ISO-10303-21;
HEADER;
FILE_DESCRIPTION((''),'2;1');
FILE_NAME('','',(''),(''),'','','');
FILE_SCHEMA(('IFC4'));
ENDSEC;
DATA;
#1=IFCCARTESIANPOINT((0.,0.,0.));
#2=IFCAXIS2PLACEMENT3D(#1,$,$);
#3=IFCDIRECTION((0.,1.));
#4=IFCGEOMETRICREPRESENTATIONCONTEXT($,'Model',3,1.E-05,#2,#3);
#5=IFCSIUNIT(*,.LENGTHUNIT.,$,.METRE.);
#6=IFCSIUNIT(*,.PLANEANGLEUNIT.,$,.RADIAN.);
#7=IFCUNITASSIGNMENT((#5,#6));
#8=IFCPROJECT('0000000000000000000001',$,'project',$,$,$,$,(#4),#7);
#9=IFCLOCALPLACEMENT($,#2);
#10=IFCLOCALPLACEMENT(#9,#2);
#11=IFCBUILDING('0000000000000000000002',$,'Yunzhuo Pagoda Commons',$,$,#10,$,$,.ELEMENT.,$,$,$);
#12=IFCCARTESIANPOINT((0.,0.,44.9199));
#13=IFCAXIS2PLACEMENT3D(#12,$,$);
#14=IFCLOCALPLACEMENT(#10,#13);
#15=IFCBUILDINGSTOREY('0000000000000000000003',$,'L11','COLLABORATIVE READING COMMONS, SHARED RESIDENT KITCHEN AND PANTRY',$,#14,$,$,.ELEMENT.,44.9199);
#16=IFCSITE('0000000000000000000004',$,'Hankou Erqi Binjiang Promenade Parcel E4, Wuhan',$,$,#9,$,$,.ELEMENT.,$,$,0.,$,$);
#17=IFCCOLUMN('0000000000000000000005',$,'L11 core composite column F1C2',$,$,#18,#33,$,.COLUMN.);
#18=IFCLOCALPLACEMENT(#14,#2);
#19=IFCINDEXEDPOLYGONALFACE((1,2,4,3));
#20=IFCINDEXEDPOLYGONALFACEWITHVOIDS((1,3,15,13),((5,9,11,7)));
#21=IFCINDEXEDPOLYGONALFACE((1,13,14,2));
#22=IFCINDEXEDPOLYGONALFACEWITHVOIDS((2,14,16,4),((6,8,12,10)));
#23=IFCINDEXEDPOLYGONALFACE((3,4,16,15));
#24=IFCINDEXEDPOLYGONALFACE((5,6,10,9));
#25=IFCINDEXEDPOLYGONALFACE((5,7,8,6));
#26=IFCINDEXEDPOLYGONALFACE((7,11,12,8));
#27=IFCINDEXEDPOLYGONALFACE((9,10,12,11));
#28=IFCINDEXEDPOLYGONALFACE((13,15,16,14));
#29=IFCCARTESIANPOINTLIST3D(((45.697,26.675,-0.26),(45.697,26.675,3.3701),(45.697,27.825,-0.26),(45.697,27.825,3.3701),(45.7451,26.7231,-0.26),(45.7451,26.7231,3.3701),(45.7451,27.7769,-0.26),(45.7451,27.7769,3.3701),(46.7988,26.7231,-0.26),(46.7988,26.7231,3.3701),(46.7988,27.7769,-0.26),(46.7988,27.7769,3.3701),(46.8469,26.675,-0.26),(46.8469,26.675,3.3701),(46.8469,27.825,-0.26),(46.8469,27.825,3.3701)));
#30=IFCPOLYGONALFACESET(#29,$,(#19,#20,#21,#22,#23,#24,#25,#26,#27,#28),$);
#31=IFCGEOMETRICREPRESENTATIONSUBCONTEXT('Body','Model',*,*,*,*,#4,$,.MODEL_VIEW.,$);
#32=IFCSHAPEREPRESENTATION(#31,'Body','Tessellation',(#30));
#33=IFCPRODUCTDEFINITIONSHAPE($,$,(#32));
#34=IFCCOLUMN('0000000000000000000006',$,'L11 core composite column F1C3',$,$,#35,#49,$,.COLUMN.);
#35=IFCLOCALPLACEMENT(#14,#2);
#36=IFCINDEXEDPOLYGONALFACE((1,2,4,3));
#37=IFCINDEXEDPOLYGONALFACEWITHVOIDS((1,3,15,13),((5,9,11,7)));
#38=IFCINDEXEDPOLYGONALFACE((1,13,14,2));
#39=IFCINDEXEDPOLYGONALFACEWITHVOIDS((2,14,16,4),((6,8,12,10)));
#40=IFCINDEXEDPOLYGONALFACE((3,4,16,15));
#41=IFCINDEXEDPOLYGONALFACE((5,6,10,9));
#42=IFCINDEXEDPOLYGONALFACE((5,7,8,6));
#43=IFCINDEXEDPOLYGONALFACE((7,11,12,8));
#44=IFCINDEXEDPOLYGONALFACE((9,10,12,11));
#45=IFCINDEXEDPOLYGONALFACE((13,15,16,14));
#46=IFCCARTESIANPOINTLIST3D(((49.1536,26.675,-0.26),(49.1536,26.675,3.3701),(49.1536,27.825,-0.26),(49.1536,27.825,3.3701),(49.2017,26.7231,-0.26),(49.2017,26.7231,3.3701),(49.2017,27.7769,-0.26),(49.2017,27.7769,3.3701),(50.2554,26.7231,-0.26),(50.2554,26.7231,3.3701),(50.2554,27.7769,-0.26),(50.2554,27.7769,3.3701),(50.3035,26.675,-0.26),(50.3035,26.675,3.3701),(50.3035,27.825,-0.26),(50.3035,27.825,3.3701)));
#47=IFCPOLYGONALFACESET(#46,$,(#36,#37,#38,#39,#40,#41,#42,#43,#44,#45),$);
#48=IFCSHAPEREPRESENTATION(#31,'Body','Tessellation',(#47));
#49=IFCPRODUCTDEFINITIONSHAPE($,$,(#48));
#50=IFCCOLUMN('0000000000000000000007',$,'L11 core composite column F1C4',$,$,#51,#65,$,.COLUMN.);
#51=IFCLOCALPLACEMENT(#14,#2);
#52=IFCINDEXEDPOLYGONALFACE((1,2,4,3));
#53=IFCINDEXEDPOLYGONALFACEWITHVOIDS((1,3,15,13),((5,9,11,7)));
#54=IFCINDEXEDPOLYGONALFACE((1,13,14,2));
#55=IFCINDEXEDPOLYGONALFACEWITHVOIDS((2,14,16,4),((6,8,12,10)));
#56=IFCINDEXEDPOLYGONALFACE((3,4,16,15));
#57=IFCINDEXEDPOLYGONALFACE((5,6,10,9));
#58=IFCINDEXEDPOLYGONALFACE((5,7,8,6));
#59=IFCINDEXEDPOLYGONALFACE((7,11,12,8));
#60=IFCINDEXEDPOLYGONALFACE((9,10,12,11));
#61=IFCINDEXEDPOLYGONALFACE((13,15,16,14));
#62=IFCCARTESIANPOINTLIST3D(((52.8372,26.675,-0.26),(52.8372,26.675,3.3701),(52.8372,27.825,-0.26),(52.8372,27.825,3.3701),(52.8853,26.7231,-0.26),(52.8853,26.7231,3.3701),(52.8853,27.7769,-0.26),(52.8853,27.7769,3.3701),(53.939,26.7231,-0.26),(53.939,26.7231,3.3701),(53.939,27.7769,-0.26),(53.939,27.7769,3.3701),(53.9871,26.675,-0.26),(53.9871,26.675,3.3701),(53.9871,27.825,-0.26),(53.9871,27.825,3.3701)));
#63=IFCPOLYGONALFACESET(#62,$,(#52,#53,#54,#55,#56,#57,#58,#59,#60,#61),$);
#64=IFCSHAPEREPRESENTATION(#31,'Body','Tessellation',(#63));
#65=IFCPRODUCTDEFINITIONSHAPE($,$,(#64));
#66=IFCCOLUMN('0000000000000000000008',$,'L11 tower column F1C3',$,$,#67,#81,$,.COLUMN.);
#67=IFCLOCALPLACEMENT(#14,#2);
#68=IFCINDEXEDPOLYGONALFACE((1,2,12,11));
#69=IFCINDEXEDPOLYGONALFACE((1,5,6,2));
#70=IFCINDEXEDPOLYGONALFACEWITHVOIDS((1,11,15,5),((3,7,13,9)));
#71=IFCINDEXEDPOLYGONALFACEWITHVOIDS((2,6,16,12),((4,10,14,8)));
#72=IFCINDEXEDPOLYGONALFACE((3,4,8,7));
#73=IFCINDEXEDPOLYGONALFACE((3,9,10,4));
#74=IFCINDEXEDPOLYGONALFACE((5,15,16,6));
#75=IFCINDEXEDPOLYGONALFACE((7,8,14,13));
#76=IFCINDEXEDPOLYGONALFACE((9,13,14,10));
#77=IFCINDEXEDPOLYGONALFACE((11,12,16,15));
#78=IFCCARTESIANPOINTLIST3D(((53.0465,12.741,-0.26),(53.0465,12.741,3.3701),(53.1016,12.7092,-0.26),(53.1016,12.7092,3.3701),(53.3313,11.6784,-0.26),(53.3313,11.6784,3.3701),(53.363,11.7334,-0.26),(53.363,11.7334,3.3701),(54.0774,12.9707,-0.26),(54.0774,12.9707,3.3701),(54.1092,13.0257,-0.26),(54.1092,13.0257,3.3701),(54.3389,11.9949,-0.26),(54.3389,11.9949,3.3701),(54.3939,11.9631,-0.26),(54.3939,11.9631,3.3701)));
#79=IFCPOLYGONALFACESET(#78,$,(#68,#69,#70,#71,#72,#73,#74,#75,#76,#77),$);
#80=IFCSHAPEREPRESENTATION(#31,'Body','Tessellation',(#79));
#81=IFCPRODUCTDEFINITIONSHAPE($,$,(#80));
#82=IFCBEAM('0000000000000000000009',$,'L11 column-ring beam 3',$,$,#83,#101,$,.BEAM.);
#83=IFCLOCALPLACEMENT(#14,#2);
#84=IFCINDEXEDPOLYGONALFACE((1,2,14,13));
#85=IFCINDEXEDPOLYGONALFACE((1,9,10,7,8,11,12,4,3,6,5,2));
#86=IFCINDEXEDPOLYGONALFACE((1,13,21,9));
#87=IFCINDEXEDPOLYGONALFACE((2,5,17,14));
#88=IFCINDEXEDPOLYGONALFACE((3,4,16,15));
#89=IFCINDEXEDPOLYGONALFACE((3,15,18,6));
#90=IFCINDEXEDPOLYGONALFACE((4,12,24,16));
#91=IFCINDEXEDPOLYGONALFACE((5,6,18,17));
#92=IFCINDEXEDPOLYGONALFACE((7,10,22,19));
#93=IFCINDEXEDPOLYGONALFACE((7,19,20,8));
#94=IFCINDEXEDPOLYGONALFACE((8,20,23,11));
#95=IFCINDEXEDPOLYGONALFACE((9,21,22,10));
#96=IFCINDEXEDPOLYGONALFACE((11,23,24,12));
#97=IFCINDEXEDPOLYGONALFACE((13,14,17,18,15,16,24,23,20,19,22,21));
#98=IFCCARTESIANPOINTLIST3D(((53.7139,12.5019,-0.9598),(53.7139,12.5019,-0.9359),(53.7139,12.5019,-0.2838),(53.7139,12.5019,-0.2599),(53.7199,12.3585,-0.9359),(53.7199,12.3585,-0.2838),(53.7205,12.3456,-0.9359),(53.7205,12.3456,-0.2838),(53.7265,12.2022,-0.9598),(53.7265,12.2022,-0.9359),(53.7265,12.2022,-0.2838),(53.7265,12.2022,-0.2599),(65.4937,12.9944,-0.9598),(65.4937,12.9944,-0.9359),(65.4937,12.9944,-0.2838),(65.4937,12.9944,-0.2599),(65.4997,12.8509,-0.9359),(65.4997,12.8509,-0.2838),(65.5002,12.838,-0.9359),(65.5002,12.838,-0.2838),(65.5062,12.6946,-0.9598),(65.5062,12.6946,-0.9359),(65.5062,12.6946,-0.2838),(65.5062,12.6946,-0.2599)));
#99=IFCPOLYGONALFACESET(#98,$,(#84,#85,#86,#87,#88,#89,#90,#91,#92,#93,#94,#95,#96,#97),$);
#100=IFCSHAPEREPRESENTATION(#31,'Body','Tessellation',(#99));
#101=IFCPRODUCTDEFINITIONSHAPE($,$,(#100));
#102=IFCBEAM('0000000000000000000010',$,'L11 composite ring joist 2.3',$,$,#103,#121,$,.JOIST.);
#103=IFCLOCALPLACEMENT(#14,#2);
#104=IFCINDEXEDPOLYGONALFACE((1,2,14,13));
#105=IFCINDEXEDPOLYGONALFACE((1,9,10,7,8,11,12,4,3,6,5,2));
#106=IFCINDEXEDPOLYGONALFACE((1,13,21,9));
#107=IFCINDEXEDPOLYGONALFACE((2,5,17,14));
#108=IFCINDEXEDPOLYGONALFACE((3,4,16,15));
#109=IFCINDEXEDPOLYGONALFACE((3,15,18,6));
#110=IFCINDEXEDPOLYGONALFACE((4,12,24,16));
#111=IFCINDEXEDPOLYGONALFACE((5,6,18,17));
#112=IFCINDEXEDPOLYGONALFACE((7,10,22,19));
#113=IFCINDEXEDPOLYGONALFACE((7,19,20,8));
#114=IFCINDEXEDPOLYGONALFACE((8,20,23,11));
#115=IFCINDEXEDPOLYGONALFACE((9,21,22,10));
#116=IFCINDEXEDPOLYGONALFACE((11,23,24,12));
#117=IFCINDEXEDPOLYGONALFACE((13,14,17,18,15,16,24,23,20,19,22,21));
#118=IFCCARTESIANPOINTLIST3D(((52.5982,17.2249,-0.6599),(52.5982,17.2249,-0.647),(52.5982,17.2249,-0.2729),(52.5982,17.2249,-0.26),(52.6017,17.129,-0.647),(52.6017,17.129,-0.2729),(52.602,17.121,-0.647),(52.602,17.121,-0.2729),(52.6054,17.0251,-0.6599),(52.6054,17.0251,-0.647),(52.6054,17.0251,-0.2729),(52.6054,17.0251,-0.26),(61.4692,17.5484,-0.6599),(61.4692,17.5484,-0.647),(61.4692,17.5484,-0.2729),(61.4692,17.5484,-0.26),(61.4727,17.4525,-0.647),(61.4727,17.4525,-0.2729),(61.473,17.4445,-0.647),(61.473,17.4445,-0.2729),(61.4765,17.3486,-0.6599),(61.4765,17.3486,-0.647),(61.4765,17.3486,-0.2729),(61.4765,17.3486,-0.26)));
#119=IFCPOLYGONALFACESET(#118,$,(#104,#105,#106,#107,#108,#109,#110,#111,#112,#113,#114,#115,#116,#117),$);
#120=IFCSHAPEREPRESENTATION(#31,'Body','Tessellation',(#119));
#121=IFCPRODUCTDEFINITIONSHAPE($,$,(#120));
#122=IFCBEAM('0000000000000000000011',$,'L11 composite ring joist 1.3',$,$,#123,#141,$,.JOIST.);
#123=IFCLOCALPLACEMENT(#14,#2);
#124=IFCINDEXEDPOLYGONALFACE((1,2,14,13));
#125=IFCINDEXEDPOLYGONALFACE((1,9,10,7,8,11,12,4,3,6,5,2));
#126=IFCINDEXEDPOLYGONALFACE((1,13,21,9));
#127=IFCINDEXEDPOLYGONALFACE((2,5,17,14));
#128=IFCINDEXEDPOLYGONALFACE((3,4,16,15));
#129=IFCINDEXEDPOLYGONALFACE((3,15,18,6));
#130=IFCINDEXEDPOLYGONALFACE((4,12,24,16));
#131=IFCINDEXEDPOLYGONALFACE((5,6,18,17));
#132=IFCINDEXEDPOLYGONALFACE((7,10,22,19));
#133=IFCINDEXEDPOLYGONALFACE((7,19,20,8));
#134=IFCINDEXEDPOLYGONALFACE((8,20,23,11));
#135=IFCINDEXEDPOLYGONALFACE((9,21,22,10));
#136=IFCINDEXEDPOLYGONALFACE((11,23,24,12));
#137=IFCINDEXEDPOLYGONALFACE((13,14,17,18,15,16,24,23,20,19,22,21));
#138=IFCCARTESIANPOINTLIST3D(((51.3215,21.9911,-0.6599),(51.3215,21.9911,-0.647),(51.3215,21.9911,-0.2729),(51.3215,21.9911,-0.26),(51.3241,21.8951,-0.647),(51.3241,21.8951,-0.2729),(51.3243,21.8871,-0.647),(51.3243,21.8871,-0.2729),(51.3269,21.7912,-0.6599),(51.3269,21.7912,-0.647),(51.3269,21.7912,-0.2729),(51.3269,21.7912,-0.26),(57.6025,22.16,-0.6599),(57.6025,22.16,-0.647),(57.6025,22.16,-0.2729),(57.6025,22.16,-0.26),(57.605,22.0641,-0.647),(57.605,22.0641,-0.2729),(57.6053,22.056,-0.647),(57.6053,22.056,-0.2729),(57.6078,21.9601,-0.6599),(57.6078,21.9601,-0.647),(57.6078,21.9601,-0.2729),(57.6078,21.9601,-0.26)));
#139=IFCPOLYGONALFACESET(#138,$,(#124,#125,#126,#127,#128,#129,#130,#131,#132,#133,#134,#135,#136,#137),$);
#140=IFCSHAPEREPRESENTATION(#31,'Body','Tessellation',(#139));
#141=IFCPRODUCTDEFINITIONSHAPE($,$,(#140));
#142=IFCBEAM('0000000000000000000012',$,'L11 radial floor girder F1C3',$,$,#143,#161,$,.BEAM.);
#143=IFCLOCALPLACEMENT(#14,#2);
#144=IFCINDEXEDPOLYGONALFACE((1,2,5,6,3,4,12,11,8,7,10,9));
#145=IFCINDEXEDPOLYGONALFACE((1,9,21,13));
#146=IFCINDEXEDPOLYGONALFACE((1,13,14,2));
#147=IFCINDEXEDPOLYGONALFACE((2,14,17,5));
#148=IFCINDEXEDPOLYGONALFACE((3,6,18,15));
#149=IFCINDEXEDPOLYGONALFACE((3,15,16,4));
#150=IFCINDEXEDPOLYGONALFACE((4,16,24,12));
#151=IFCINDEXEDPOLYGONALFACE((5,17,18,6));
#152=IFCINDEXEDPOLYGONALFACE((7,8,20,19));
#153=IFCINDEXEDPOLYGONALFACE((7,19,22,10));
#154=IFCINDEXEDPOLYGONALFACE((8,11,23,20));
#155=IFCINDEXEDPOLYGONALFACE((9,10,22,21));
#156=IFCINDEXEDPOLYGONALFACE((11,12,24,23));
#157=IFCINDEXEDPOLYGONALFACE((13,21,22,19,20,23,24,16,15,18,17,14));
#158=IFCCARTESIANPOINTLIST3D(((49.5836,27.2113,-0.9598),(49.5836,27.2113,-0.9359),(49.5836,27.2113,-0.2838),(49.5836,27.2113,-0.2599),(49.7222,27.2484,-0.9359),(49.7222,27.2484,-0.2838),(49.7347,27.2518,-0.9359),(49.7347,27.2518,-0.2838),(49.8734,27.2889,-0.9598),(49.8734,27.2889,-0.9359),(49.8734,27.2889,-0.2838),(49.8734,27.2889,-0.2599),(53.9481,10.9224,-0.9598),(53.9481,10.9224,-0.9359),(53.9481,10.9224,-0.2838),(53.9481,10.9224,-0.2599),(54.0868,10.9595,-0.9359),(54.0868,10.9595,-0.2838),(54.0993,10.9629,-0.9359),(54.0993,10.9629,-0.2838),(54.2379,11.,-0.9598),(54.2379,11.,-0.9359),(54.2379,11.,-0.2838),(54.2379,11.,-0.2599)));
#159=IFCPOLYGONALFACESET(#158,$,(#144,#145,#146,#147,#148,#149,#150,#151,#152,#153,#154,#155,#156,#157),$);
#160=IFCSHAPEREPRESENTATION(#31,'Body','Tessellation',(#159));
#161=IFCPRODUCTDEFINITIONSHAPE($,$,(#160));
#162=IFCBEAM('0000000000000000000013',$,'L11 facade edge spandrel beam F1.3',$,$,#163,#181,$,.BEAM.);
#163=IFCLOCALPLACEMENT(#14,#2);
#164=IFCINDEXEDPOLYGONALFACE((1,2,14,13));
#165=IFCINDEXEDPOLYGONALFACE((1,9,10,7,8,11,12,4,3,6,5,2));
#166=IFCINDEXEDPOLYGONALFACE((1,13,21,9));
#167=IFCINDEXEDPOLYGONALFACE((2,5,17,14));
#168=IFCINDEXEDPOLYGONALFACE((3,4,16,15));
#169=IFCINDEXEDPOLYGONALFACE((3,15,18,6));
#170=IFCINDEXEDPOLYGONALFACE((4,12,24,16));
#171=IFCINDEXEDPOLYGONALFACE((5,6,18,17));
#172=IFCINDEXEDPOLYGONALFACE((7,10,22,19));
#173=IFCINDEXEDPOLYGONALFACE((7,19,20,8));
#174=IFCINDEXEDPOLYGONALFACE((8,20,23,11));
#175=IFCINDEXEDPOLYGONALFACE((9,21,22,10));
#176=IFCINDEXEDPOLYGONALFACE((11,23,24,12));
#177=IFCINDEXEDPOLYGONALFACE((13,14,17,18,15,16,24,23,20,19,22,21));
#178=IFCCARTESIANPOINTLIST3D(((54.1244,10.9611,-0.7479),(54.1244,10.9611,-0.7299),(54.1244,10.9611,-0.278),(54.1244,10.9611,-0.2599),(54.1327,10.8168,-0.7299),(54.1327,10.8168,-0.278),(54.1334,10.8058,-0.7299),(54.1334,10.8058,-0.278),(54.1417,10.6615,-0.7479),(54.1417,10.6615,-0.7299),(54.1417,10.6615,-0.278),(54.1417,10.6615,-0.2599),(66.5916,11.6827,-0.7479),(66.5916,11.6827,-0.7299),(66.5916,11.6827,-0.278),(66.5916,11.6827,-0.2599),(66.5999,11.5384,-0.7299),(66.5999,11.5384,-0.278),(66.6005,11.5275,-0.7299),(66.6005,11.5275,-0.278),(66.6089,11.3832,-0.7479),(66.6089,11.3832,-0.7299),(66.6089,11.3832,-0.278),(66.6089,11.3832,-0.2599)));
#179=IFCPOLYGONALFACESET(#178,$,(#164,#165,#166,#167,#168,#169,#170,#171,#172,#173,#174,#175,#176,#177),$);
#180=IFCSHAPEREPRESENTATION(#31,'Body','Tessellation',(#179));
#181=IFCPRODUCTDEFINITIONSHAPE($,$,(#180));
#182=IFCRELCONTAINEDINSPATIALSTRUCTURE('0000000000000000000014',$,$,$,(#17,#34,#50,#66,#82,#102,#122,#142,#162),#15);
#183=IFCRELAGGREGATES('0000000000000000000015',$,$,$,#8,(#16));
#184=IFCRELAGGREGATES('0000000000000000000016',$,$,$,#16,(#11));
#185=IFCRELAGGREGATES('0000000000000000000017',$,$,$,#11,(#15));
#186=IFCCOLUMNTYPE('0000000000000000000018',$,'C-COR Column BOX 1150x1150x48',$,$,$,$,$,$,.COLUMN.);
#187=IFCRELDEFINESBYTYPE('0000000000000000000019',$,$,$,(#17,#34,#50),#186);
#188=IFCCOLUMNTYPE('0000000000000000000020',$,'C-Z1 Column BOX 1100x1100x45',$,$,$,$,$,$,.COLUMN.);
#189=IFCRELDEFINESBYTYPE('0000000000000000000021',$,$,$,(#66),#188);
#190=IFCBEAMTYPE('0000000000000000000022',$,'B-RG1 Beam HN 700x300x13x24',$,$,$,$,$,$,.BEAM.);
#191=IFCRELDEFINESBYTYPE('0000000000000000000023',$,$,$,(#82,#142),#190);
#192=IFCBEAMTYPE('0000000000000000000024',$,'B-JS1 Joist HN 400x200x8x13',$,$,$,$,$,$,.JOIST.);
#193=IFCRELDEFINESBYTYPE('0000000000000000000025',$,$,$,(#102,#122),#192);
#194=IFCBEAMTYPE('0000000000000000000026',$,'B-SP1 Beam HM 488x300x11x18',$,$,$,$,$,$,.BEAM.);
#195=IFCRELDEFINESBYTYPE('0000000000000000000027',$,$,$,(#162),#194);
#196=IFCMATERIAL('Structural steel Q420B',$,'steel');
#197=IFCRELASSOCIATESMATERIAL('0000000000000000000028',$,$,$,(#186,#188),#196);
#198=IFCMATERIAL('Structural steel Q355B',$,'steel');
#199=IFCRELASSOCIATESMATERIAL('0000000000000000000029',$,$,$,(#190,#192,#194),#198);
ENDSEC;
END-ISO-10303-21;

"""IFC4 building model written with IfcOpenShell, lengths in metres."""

from ifc_helpers import new_model, si_unit, direction, frame, origin, origin_2d, place, context, subcontext, project, spatial, hollow_rectangle, i_section, extrude, source, transform, mapped, material, material_profile, profile_set, type_object, element, save


model = new_model("IFC4")

# Units and contexts
model_context = context("Model", 3, precision=1e-05, world=origin(), true_north=direction((0.0, 1.0)))
body_context = subcontext(model_context, "Body", "Model", "MODEL_VIEW")
ifc_project = project(units=[si_unit("LENGTHUNIT", "METRE"), si_unit("PLANEANGLEUNIT", "RADIAN")], contexts=[model_context])

# Site, building, storey
site_placement = place(None, origin())
site = spatial("IfcSite", under=ifc_project, at=site_placement, Name="Hankou Erqi Binjiang Promenade Parcel E4, Wuhan", CompositionType="ELEMENT", RefElevation=0.0)
building_placement = place(site_placement, origin())
building = spatial("IfcBuilding", under=site, at=building_placement, Name="Yunzhuo Pagoda Commons", CompositionType="ELEMENT")
storey_placement = place(building_placement, frame((0.0, 0.0, 44.9199)))
storey = spatial("IfcBuildingStorey", under=building, at=storey_placement, Name="L11", Description="COLLABORATIVE READING COMMONS, SHARED RESIDENT KITCHEN AND PANTRY", CompositionType="ELEMENT", Elevation=44.9199)

# Columns
ifc_material_1 = material(Name="Structural steel Q420B", Category="steel")
ifc_material_profile_1 = material_profile(ifc_material_1, hollow_rectangle(XDim=1.1499, YDim=1.1499, WallThickness=0.0481, at=origin_2d()), Name="Structural steel Q420B")
ifc_profile_set_1 = profile_set([ifc_material_profile_1], Name="Structural steel Q420B")
column_type_1 = type_object("IfcColumnType", Name="C-COR Column BOX 1150x1150x48", PredefinedType="COLUMN", material=ifc_profile_set_1)
shared_shape_1 = source(origin(), body_context, "Body", "SweptSolid", [
    extrude(hollow_rectangle(XDim=1.1499, YDim=1.1499, WallThickness=0.0481, at=origin_2d()), origin(), (0.0, 0.0, 1.0), 3.6301),
])
for number, where, z_axis, x_axis, name in (
    (1, (46.272, 27.25, -0.26), (0.0, 0.0, 1.0), (1.0, 0.0, 0.0), "L11 core composite column F1C2"),
    (2, (49.7285, 27.25, -0.26), (0.0, 0.0, 1.0), (1.0, 0.0, 0.0), "L11 core composite column F1C3"),
    (3, (53.4121, 27.25, -0.26), (0.0, 0.0, 1.0), (1.0, 0.0, 0.0), "L11 core composite column F1C4"),
):
    element("IfcColumn", number, at=place(storey_placement, frame(where, z_axis=z_axis, x_axis=x_axis)), inside=storey, type_object=column_type_1, Name=name, PredefinedType="COLUMN", context=body_context, shape_type="MappedRepresentation", body=[
        mapped(shared_shape_1, transform((0.0, 0.0, 0.0), scale=1.0)),
    ])
ifc_material_profile_2 = material_profile(ifc_material_1, hollow_rectangle(XDim=1.1001, YDim=1.1001, WallThickness=0.0449, at=origin_2d()), Name="Structural steel Q420B")
ifc_profile_set_2 = profile_set([ifc_material_profile_2], Name="Structural steel Q420B")
column_type_2 = type_object("IfcColumnType", Name="C-Z1 Column BOX 1100x1100x45", PredefinedType="COLUMN", material=ifc_profile_set_2)
shared_shape_2 = source(origin(), body_context, "Body", "SweptSolid", [
    extrude(hollow_rectangle(XDim=1.1001, YDim=1.1001, WallThickness=0.0449, at=origin_2d()), origin(), (0.0, 0.0, 1.0), 3.6301),
])
column_placement = place(storey_placement, frame((53.7202, 12.3521, -0.26), z_axis=(0.0, 0.0, 1.0), x_axis=(0.965926, 0.258819, 0.0)))
element("IfcColumn", 4, at=column_placement, inside=storey, type_object=column_type_2, Name="L11 tower column F1C3", PredefinedType="COLUMN", context=body_context, shape_type="MappedRepresentation", body=[
    mapped(shared_shape_2, transform((0.0, 0.0, 0.0), scale=1.0)),
])

# Beams
ifc_material_2 = material(Name="Structural steel Q355B", Category="steel")
ifc_material_profile_3 = material_profile(ifc_material_2, i_section(OverallWidth=0.3, OverallDepth=0.7, WebThickness=0.0129, FlangeThickness=0.0239, at=origin_2d()), Name="Structural steel Q355B")
ifc_profile_set_3 = profile_set([ifc_material_profile_3], Name="Structural steel Q355B")
beam_type_1 = type_object("IfcBeamType", Name="B-RG1 Beam HN 700x300x13x24", PredefinedType="BEAM", material=ifc_profile_set_3)
shared_shape_3 = source(origin(), body_context, "Body", "SweptSolid", [
    extrude(i_section(OverallWidth=0.3, OverallDepth=0.7, WebThickness=0.0129, FlangeThickness=0.0239, at=origin_2d()), origin(), (0.0, 0.0, 1.0), 11.79),
])
beam_1_placement = place(storey_placement, frame((53.7202, 12.3521, -0.6099), z_axis=(0.999127, 0.041767, 0.0), x_axis=(-0.041767, 0.999127, 0.0)))
element("IfcBeam", 5, at=beam_1_placement, inside=storey, type_object=beam_type_1, Name="L11 column-ring beam 3", PredefinedType="BEAM", context=body_context, shape_type="MappedRepresentation", body=[
    mapped(shared_shape_3, transform((0.0, 0.0, 0.0), scale=1.0)),
])
ifc_material_profile_4 = material_profile(ifc_material_2, i_section(OverallWidth=0.2, OverallDepth=0.3999, WebThickness=0.0081, FlangeThickness=0.0129, at=origin_2d()), Name="Structural steel Q355B")
ifc_profile_set_4 = profile_set([ifc_material_profile_4], Name="Structural steel Q355B")
beam_type_2 = type_object("IfcBeamType", Name="B-JS1 Joist HN 400x200x8x13", PredefinedType="JOIST", material=ifc_profile_set_4)
shared_shape_4 = source(origin(), body_context, "Body", "SweptSolid", [
    extrude(i_section(OverallWidth=0.2, OverallDepth=0.3999, WebThickness=0.0081, FlangeThickness=0.0129, at=origin_2d()), origin(), (0.0, 0.0, 1.0), 8.877),
])
beam_2_placement = place(storey_placement, frame((52.6018, 17.125, -0.46), z_axis=(0.999336, 0.036441, 0.0), x_axis=(-0.036441, 0.999336, 0.0)))
element("IfcBeam", 6, at=beam_2_placement, inside=storey, type_object=beam_type_2, Name="L11 composite ring joist 2.3", PredefinedType="JOIST", context=body_context, shape_type="MappedRepresentation", body=[
    mapped(shared_shape_4, transform((0.0, 0.0, 0.0), scale=1.0)),
])
shared_shape_5 = source(origin(), body_context, "Body", "SweptSolid", [
    extrude(i_section(OverallWidth=0.2, OverallDepth=0.3999, WebThickness=0.0081, FlangeThickness=0.0129, at=origin_2d()), origin(), (0.0, 0.0, 1.0), 6.2832),
])
beam_3_placement = place(storey_placement, frame((51.3242, 21.8911, -0.46), z_axis=(0.999638, 0.026888, 0.0), x_axis=(-0.026888, 0.999638, 0.0)))
element("IfcBeam", 7, at=beam_3_placement, inside=storey, type_object=beam_type_2, Name="L11 composite ring joist 1.3", PredefinedType="JOIST", context=body_context, shape_type="MappedRepresentation", body=[
    mapped(shared_shape_5, transform((0.0, 0.0, 0.0), scale=1.0)),
])
shared_shape_6 = source(origin(), body_context, "Body", "SweptSolid", [
    extrude(i_section(OverallWidth=0.3, OverallDepth=0.7, WebThickness=0.0129, FlangeThickness=0.0239, at=origin_2d()), origin(), (0.0, 0.0, 1.0), 16.8635),
])
beam_4_placement = place(storey_placement, frame((54.093, 10.9612, -0.6099), z_axis=(-0.258815, 0.965927, 0.0), x_axis=(-0.965927, -0.258815, 0.0)))
element("IfcBeam", 8, at=beam_4_placement, inside=storey, type_object=beam_type_1, Name="L11 radial floor girder F1C3", PredefinedType="BEAM", context=body_context, shape_type="MappedRepresentation", body=[
    mapped(shared_shape_6, transform((0.0, 0.0, 0.0), scale=1.0)),
])
ifc_material_profile_5 = material_profile(ifc_material_2, i_section(OverallWidth=0.3, OverallDepth=0.488, WebThickness=0.011, FlangeThickness=0.0181, at=origin_2d()), Name="Structural steel Q355B")
ifc_profile_set_5 = profile_set([ifc_material_profile_5], Name="Structural steel Q355B")
beam_type_3 = type_object("IfcBeamType", Name="B-SP1 Beam HM 488x300x11x18", PredefinedType="BEAM", material=ifc_profile_set_5)
shared_shape_7 = source(origin(), body_context, "Body", "SweptSolid", [
    extrude(i_section(OverallWidth=0.3, OverallDepth=0.488, WebThickness=0.011, FlangeThickness=0.0181, at=origin_2d()), origin(), (0.0, 0.0, 1.0), 12.488),
])
beam_5_placement = place(storey_placement, frame((54.1331, 10.8113, -0.5039), z_axis=(0.998329, 0.057789, 0.0), x_axis=(-0.057789, 0.998329, 0.0)))
element("IfcBeam", 9, at=beam_5_placement, inside=storey, type_object=beam_type_3, Name="L11 facade edge spandrel beam F1.3", PredefinedType="BEAM", context=body_context, shape_type="MappedRepresentation", body=[
    mapped(shared_shape_7, transform((0.0, 0.0, 0.0), scale=1.0)),
])

save(model, "model.ifc")
